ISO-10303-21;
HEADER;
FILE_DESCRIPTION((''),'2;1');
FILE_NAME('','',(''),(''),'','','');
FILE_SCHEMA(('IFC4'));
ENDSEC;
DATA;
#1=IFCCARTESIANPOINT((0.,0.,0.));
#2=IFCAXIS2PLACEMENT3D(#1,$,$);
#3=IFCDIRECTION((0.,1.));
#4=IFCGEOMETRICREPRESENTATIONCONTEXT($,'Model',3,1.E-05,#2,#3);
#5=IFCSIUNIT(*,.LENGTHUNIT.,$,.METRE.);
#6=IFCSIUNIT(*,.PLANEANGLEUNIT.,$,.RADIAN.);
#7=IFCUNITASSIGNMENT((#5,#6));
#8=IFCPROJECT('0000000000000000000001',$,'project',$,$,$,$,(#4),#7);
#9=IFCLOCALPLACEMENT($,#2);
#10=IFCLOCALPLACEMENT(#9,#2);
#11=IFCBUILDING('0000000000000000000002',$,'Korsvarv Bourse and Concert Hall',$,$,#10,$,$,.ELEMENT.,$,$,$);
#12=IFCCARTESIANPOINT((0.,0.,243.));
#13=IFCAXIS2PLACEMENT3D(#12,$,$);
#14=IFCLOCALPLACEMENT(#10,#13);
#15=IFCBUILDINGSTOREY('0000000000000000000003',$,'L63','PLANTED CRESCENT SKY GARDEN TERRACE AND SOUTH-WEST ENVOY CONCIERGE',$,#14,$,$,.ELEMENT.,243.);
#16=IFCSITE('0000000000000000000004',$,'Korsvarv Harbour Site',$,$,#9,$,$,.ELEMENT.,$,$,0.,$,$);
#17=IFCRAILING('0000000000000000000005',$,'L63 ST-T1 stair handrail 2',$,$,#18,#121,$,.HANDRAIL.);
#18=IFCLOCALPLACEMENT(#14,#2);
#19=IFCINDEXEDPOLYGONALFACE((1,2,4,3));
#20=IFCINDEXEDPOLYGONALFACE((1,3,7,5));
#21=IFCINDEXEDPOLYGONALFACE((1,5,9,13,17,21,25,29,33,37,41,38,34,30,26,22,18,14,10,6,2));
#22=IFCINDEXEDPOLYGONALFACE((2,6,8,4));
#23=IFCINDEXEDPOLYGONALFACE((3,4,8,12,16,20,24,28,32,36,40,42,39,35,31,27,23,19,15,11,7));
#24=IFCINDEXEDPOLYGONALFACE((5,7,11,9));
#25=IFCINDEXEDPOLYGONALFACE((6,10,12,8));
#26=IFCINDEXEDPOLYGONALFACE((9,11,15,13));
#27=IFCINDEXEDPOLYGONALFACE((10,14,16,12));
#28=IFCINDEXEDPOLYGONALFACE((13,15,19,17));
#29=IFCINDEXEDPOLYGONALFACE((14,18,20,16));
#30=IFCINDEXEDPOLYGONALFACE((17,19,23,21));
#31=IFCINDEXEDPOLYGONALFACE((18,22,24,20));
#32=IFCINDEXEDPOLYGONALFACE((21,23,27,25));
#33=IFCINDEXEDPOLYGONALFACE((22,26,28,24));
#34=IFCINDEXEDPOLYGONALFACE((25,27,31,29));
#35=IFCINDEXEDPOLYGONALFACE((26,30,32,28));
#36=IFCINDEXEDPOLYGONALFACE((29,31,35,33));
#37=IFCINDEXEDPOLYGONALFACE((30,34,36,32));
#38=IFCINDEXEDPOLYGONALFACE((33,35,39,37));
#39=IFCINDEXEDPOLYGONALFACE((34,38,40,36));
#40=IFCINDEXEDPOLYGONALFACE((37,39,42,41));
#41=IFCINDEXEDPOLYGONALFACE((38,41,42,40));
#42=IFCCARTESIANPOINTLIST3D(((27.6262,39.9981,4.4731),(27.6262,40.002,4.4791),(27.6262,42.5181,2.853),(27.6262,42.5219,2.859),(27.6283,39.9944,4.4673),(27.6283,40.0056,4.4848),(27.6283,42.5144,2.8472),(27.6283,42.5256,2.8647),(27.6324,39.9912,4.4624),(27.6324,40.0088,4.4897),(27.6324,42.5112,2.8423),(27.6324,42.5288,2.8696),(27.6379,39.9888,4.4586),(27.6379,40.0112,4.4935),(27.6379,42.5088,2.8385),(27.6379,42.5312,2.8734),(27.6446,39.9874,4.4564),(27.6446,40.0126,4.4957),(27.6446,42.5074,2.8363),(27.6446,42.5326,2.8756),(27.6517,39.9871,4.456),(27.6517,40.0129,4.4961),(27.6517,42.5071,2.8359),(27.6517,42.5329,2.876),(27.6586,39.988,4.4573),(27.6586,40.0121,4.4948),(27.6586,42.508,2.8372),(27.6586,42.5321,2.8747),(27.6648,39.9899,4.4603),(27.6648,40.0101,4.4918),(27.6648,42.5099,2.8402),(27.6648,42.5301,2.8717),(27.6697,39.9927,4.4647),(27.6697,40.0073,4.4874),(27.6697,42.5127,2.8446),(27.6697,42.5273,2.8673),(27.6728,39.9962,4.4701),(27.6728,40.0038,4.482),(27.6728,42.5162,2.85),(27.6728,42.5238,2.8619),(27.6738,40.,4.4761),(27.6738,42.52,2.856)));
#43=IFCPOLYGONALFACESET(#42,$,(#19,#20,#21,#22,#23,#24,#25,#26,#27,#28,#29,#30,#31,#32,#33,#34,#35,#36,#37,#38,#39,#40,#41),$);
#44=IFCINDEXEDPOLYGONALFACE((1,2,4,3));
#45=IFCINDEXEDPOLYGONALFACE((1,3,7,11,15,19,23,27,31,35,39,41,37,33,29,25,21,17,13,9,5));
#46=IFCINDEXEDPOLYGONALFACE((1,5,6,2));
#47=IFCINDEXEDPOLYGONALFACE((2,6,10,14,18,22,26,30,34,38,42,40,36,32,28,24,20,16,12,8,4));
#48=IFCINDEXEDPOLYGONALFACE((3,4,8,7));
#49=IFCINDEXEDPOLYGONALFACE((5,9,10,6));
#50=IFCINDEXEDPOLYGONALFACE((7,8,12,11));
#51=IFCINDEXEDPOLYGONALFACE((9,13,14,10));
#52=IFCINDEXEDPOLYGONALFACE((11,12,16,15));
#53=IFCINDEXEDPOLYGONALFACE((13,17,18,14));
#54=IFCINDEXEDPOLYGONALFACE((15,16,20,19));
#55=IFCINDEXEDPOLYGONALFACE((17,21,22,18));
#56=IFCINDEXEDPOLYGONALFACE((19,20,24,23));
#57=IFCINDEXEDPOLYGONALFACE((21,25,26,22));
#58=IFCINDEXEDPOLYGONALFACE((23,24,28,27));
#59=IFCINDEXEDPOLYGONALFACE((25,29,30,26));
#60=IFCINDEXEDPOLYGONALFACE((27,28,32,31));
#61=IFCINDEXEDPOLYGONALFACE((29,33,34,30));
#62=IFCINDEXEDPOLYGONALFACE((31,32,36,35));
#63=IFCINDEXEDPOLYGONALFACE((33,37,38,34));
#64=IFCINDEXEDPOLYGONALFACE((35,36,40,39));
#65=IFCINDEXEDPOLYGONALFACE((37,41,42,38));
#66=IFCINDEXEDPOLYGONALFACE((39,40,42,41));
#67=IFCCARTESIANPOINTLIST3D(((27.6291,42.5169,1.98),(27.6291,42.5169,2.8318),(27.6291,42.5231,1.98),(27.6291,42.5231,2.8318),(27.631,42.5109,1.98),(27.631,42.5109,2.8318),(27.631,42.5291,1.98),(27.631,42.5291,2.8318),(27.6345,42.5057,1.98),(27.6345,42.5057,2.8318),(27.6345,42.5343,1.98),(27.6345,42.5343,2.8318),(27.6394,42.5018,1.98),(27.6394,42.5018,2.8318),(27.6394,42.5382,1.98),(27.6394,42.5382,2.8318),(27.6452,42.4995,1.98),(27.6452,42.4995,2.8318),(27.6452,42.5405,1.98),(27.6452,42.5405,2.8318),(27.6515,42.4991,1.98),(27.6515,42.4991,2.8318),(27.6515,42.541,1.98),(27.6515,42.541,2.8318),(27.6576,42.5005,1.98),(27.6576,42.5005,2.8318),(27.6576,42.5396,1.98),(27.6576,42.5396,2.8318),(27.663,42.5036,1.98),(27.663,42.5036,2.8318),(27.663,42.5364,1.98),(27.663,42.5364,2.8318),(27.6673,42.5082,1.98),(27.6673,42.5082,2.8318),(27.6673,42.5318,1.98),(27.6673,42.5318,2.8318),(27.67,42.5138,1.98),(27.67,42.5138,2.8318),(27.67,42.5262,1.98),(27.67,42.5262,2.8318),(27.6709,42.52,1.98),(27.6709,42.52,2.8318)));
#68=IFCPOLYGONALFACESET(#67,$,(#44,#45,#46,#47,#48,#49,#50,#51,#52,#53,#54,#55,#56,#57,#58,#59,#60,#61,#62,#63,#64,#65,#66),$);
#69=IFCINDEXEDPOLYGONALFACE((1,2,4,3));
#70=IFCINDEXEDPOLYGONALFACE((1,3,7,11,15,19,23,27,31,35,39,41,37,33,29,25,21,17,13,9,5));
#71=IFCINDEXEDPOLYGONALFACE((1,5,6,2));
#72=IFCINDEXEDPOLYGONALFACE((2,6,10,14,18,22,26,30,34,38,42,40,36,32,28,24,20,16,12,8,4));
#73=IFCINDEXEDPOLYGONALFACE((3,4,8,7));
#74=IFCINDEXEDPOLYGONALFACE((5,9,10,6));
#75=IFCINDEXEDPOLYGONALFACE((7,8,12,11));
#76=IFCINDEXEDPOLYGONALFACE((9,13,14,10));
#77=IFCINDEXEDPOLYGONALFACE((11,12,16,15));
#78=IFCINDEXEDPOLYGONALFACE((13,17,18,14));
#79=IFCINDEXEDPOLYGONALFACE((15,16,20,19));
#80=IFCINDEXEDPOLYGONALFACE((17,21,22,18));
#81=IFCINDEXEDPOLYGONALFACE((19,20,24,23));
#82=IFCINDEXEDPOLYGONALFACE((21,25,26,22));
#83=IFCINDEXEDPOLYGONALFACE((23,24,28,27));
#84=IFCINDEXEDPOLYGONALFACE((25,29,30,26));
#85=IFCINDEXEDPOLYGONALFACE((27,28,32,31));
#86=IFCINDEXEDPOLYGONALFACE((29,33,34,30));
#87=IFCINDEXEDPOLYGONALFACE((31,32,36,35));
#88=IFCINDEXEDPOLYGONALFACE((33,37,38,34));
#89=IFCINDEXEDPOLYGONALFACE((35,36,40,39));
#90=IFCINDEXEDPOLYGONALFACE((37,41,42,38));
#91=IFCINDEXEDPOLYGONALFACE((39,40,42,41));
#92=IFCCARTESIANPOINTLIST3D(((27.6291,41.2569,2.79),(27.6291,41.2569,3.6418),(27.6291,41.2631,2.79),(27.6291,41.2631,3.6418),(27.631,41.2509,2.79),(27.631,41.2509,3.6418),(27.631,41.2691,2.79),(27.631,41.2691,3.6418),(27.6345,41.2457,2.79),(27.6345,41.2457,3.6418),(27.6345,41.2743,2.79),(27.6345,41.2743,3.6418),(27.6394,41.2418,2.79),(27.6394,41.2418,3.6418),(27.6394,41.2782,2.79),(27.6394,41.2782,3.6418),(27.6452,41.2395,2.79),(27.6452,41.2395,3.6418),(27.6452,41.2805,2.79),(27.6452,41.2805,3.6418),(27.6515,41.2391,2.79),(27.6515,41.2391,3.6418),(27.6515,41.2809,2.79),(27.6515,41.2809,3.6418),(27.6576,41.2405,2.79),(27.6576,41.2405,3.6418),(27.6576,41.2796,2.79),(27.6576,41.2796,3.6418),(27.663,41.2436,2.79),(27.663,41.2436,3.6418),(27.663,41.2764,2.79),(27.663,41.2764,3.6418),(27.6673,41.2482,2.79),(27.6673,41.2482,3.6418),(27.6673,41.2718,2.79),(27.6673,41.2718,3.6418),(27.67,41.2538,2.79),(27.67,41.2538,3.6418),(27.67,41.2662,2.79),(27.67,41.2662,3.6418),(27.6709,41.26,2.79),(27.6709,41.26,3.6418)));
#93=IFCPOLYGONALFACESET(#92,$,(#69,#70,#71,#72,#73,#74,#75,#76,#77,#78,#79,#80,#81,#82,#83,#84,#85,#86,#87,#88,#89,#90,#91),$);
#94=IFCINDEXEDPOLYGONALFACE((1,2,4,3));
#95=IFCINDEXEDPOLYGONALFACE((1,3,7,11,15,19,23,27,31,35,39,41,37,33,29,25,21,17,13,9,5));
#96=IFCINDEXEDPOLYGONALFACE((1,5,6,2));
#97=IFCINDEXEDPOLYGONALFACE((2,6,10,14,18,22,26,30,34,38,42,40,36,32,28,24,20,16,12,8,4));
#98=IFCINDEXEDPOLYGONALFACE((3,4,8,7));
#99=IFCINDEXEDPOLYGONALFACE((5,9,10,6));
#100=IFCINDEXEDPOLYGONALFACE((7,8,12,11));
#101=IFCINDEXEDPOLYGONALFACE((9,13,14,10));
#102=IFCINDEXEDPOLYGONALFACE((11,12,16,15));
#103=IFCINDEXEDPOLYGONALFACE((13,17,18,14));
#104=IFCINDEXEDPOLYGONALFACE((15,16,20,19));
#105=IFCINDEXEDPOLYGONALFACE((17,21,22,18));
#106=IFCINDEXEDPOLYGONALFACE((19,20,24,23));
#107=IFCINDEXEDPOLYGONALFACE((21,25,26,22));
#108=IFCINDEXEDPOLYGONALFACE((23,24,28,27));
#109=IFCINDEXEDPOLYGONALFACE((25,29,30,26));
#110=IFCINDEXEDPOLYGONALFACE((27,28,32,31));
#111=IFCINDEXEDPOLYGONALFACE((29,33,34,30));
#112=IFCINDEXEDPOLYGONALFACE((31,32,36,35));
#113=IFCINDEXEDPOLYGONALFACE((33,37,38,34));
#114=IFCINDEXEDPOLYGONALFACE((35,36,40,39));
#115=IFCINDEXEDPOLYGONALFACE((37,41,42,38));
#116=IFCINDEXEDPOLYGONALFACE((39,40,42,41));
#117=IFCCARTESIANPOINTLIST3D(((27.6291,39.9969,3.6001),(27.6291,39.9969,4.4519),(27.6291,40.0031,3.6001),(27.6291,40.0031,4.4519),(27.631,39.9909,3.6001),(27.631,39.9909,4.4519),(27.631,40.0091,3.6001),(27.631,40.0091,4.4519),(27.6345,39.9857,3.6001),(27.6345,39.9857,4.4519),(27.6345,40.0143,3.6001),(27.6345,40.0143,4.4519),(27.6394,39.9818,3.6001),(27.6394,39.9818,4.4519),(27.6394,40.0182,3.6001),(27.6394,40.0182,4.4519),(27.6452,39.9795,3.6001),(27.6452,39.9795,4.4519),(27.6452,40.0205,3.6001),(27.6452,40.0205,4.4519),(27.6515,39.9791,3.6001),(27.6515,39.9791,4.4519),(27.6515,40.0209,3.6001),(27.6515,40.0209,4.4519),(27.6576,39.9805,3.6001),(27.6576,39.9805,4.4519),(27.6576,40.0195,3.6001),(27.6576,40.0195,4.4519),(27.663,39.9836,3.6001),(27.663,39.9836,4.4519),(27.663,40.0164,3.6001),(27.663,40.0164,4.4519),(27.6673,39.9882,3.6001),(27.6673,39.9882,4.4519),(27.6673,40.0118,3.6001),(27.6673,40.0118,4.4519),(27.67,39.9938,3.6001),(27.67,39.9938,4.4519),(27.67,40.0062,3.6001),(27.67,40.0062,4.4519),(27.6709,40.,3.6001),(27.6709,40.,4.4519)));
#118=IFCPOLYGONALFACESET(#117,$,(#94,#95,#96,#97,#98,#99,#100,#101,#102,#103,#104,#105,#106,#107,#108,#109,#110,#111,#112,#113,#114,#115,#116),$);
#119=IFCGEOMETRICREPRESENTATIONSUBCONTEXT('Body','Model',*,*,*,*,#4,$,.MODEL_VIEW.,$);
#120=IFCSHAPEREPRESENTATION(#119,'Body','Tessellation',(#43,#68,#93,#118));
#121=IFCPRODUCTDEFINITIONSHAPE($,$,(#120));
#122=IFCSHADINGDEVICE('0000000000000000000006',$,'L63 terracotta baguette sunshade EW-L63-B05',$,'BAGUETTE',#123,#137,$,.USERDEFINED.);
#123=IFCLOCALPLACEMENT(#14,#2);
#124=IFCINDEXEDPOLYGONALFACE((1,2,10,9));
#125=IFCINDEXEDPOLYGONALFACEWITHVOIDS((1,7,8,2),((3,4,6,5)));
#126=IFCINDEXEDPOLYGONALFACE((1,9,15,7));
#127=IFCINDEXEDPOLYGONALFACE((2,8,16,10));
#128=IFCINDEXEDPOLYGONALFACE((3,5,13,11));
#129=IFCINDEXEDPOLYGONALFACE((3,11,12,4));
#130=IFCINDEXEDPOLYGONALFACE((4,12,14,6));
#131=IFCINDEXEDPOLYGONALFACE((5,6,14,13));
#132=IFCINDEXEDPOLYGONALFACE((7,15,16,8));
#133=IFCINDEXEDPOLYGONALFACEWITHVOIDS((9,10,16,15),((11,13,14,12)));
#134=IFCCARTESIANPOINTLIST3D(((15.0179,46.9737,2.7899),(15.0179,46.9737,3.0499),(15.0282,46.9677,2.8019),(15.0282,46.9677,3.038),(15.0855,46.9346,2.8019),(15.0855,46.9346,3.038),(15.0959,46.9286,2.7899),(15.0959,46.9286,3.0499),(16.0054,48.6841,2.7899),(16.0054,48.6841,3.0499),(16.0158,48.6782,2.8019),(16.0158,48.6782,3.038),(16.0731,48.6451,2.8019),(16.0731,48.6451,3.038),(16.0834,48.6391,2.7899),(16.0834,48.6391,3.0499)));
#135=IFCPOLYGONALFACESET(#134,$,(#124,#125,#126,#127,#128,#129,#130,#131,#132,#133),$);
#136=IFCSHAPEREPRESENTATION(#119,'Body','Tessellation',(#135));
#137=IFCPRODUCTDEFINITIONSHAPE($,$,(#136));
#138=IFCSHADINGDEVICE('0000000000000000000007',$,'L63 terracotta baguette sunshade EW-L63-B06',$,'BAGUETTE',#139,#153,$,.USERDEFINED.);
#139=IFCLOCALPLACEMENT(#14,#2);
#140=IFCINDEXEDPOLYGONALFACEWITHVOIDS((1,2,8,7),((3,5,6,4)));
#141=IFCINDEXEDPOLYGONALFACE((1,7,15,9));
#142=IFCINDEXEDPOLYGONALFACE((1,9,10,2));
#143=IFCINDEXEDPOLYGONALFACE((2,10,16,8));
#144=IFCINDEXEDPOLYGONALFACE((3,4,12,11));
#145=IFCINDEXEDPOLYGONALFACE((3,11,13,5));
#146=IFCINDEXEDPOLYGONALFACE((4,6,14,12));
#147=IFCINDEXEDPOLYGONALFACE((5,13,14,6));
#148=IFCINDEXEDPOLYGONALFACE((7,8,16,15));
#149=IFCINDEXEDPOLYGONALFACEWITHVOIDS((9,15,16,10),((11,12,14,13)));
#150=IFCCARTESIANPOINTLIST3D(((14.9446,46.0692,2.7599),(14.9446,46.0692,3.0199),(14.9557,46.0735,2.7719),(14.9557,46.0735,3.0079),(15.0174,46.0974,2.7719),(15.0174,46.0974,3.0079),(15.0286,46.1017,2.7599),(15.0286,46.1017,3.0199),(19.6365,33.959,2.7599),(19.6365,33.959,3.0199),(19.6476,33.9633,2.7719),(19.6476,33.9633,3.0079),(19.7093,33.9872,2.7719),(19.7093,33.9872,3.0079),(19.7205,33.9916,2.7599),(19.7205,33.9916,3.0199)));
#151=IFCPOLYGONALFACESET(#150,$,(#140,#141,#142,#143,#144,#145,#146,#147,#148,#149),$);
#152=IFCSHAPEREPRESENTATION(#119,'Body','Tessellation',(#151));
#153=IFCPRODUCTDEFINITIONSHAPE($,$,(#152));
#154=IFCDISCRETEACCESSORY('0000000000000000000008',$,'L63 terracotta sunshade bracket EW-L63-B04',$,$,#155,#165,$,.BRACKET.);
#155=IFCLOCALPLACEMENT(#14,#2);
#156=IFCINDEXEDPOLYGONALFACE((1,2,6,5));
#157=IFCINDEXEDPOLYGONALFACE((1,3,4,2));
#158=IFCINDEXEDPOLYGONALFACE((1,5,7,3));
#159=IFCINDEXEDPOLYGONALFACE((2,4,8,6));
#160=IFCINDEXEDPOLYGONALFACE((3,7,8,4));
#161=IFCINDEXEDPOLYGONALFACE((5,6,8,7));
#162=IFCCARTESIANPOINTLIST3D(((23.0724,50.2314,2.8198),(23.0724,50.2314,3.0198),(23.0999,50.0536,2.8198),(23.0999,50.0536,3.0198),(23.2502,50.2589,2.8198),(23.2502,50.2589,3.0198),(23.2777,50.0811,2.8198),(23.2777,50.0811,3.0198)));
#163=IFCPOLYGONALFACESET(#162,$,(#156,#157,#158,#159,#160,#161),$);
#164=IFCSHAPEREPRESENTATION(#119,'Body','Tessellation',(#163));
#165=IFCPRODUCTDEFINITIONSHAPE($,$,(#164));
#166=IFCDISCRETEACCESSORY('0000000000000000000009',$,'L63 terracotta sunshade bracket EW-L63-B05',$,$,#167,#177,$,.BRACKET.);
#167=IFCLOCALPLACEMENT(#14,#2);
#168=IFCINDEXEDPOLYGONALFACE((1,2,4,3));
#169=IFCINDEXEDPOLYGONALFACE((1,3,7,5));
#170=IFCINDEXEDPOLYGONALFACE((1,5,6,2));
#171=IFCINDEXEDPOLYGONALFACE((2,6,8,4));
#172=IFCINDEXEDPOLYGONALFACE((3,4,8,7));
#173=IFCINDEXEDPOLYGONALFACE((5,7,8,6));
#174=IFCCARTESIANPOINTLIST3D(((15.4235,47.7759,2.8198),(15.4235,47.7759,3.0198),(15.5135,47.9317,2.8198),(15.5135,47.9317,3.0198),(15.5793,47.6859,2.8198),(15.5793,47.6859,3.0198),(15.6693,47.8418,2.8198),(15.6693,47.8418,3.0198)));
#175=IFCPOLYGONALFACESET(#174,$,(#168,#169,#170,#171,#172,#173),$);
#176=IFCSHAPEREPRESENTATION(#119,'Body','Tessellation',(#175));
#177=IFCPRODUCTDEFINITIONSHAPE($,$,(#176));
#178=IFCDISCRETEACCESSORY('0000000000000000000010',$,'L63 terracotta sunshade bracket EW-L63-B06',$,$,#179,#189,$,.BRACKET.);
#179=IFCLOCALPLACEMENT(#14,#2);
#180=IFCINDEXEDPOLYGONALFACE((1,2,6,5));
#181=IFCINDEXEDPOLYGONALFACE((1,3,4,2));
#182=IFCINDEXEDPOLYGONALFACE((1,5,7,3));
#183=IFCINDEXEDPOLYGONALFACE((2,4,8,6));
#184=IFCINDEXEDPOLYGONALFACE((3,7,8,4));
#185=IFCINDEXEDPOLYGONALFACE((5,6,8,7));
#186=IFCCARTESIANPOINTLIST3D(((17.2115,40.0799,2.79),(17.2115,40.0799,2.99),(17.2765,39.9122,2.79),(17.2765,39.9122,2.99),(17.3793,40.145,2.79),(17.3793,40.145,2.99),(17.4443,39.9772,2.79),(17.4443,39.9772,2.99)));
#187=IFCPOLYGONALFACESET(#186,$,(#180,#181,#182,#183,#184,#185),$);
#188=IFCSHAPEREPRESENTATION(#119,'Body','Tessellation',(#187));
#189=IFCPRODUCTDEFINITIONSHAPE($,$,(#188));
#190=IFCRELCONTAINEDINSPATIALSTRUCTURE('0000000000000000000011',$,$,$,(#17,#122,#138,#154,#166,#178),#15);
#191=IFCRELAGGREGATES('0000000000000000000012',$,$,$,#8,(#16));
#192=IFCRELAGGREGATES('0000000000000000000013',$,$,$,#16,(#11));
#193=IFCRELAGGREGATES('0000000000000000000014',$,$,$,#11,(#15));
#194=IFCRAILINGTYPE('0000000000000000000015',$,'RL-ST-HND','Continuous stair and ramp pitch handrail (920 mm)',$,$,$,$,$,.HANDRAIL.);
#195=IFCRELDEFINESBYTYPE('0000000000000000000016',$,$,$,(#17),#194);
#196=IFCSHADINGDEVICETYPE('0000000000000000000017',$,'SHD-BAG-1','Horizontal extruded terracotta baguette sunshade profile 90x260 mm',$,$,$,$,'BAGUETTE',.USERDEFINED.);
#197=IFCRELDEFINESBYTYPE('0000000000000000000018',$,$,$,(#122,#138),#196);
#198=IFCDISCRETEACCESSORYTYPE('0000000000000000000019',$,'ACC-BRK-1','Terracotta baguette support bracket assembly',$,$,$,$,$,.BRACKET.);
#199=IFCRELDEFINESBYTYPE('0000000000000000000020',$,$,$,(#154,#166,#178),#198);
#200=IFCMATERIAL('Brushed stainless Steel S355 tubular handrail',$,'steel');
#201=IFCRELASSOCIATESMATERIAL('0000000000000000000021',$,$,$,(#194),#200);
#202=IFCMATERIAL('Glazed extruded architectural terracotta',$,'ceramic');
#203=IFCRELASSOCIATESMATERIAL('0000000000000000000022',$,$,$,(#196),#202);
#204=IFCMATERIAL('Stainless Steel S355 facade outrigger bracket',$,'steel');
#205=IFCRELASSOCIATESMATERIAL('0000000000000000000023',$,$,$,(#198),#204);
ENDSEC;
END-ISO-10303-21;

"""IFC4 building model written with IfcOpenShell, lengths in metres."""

from ifc_helpers import new_model, si_unit, direction, frame, origin, origin_2d, place, context, subcontext, project, spatial, rectangle, hollow_rectangle, circle, extrude, source, transform, mapped, material, material_profile, profile_set, type_object, element, save


model = new_model("IFC4")

# Units and contexts
model_context = context("Model", 3, precision=1e-05, world=origin(), true_north=direction((0.0, 1.0)))
body_context = subcontext(model_context, "Body", "Model", "MODEL_VIEW")
ifc_project = project(units=[si_unit("LENGTHUNIT", "METRE"), si_unit("PLANEANGLEUNIT", "RADIAN")], contexts=[model_context])

# Site, building, storey
site_placement = place(None, origin())
site = spatial("IfcSite", under=ifc_project, at=site_placement, Name="Korsvarv Harbour Site", CompositionType="ELEMENT", RefElevation=0.0)
building_placement = place(site_placement, origin())
building = spatial("IfcBuilding", under=site, at=building_placement, Name="Korsvarv Bourse and Concert Hall", CompositionType="ELEMENT")
storey_placement = place(building_placement, frame((0.0, 0.0, 243.0)))
storey = spatial("IfcBuildingStorey", under=building, at=storey_placement, Name="L63", Description="PLANTED CRESCENT SKY GARDEN TERRACE AND SOUTH-WEST ENVOY CONCIERGE", CompositionType="ELEMENT", Elevation=243.0)

# Railing
ifc_material_1 = material(Name="Brushed stainless Steel S355 tubular handrail", Category="steel")
railing_type = type_object("IfcRailingType", Name="RL-ST-HND", Description="Continuous stair and ramp pitch handrail (920 mm)", PredefinedType="HANDRAIL", material=ifc_material_1)
railing_placement = place(storey_placement, frame((27.6499, 42.52, 1.98)))
element("IfcRailing", 1, at=railing_placement, inside=storey, type_object=railing_type, Name="L63 ST-T1 stair handrail 2", PredefinedType="HANDRAIL", context=body_context, shape_type="SweptSolid", body=[
    extrude(circle(Radius=0.0239, at=origin_2d()), frame((0.0, 0.0, 0.876), z_axis=(0.0, -0.841163, 0.540782), x_axis=(1.0, 0.0, 0.0)), (0.0, 0.0, 1.0), 2.9958),
    extrude(circle(Radius=0.021, at=origin_2d()), origin(), (0.0, 0.0, 1.0), 0.8518),
    extrude(circle(Radius=0.021, at=origin_2d()), frame((0.0, -1.26, 0.8101)), (0.0, 0.0, 1.0), 0.8518),
    extrude(circle(Radius=0.021, at=origin_2d()), frame((0.0, -2.52, 1.6201)), (0.0, 0.0, 1.0), 0.8518),
])

# Shading devices
ifc_material_2 = material(Name="Glazed extruded architectural terracotta", Category="ceramic")
ifc_material_profile_1 = material_profile(ifc_material_2, hollow_rectangle(XDim=0.0901, YDim=0.26, WallThickness=0.012, at=origin_2d()), Name="TC-BAG 90x260")
ifc_profile_set_1 = profile_set([ifc_material_profile_1], Name="Glazed extruded architectural terracotta")
shading_device_type = type_object("IfcShadingDeviceType", Name="SHD-BAG-1", Description="Horizontal extruded terracotta baguette sunshade profile 90x260 mm", ElementType="BAGUETTE", PredefinedType="USERDEFINED", material=ifc_profile_set_1)
shared_shape_1 = source(origin(), body_context, "Body", "SweptSolid", [
    extrude(hollow_rectangle(XDim=0.0901, YDim=0.26, WallThickness=0.012, at=origin_2d()), origin(), (0.0, 0.0, 1.0), 1.9751),
])
shading_device_1_placement = place(storey_placement, frame((16.0444, 48.6616, 2.9199), z_axis=(-0.500008, -0.866021, 0.0), x_axis=(0.866021, -0.500008, 0.0)))
element("IfcShadingDevice", 2, at=shading_device_1_placement, inside=storey, type_object=shading_device_type, Name="L63 terracotta baguette sunshade EW-L63-B05", ObjectType="BAGUETTE", PredefinedType="USERDEFINED", context=body_context, shape_type="MappedRepresentation", body=[
    mapped(shared_shape_1, transform((0.0, 0.0, 0.0), scale=1.0)),
])
shared_shape_2 = source(origin(), body_context, "Body", "SweptSolid", [
    extrude(hollow_rectangle(XDim=0.0901, YDim=0.26, WallThickness=0.012, at=origin_2d()), origin(), (0.0, 0.0, 1.0), 12.9873),
])
shading_device_2_placement = place(storey_placement, frame((14.9866, 46.0854, 2.8899), z_axis=(0.361269, -0.932461, 0.0), x_axis=(0.932461, 0.361269, 0.0)))
element("IfcShadingDevice", 3, at=shading_device_2_placement, inside=storey, type_object=shading_device_type, Name="L63 terracotta baguette sunshade EW-L63-B06", ObjectType="BAGUETTE", PredefinedType="USERDEFINED", context=body_context, shape_type="MappedRepresentation", body=[
    mapped(shared_shape_2, transform((0.0, 0.0, 0.0), scale=1.0)),
])

# Discrete accessories
ifc_material_3 = material(Name="Stainless Steel S355 facade outrigger bracket", Category="steel")
discrete_accessory_type = type_object("IfcDiscreteAccessoryType", Name="ACC-BRK-1", Description="Terracotta baguette support bracket assembly", PredefinedType="BRACKET", material=ifc_material_3)
shared_shape_3 = source(origin(), body_context, "Body", "SweptSolid", [
    extrude(rectangle(XDim=0.1799, YDim=0.1799, at=origin_2d()), origin(), (0.0, 0.0, 1.0), 0.2),
])
for number, where, z_axis, x_axis, name in (
    (4, (23.175, 50.1562, 2.8198), (0.0, 0.0, 1.0), (-0.988175, -0.153331, 0.0), "L63 terracotta sunshade bracket EW-L63-B04"),
    (5, (15.5464, 47.8088, 2.8198), (0.0, 0.0, 1.0), (-0.5, -0.866025, 0.0), "L63 terracotta sunshade bracket EW-L63-B05"),
    (6, (17.3279, 40.0286, 2.79), (0.0, 0.0, 1.0), (0.361299, -0.93245, 0.0), "L63 terracotta sunshade bracket EW-L63-B06"),
):
    element("IfcDiscreteAccessory", number, at=place(storey_placement, frame(where, z_axis=z_axis, x_axis=x_axis)), inside=storey, type_object=discrete_accessory_type, Name=name, PredefinedType="BRACKET", context=body_context, shape_type="MappedRepresentation", body=[
        mapped(shared_shape_3, transform((0.0, 0.0, 0.0), scale=1.0)),
    ])

save(model, "model.ifc")
